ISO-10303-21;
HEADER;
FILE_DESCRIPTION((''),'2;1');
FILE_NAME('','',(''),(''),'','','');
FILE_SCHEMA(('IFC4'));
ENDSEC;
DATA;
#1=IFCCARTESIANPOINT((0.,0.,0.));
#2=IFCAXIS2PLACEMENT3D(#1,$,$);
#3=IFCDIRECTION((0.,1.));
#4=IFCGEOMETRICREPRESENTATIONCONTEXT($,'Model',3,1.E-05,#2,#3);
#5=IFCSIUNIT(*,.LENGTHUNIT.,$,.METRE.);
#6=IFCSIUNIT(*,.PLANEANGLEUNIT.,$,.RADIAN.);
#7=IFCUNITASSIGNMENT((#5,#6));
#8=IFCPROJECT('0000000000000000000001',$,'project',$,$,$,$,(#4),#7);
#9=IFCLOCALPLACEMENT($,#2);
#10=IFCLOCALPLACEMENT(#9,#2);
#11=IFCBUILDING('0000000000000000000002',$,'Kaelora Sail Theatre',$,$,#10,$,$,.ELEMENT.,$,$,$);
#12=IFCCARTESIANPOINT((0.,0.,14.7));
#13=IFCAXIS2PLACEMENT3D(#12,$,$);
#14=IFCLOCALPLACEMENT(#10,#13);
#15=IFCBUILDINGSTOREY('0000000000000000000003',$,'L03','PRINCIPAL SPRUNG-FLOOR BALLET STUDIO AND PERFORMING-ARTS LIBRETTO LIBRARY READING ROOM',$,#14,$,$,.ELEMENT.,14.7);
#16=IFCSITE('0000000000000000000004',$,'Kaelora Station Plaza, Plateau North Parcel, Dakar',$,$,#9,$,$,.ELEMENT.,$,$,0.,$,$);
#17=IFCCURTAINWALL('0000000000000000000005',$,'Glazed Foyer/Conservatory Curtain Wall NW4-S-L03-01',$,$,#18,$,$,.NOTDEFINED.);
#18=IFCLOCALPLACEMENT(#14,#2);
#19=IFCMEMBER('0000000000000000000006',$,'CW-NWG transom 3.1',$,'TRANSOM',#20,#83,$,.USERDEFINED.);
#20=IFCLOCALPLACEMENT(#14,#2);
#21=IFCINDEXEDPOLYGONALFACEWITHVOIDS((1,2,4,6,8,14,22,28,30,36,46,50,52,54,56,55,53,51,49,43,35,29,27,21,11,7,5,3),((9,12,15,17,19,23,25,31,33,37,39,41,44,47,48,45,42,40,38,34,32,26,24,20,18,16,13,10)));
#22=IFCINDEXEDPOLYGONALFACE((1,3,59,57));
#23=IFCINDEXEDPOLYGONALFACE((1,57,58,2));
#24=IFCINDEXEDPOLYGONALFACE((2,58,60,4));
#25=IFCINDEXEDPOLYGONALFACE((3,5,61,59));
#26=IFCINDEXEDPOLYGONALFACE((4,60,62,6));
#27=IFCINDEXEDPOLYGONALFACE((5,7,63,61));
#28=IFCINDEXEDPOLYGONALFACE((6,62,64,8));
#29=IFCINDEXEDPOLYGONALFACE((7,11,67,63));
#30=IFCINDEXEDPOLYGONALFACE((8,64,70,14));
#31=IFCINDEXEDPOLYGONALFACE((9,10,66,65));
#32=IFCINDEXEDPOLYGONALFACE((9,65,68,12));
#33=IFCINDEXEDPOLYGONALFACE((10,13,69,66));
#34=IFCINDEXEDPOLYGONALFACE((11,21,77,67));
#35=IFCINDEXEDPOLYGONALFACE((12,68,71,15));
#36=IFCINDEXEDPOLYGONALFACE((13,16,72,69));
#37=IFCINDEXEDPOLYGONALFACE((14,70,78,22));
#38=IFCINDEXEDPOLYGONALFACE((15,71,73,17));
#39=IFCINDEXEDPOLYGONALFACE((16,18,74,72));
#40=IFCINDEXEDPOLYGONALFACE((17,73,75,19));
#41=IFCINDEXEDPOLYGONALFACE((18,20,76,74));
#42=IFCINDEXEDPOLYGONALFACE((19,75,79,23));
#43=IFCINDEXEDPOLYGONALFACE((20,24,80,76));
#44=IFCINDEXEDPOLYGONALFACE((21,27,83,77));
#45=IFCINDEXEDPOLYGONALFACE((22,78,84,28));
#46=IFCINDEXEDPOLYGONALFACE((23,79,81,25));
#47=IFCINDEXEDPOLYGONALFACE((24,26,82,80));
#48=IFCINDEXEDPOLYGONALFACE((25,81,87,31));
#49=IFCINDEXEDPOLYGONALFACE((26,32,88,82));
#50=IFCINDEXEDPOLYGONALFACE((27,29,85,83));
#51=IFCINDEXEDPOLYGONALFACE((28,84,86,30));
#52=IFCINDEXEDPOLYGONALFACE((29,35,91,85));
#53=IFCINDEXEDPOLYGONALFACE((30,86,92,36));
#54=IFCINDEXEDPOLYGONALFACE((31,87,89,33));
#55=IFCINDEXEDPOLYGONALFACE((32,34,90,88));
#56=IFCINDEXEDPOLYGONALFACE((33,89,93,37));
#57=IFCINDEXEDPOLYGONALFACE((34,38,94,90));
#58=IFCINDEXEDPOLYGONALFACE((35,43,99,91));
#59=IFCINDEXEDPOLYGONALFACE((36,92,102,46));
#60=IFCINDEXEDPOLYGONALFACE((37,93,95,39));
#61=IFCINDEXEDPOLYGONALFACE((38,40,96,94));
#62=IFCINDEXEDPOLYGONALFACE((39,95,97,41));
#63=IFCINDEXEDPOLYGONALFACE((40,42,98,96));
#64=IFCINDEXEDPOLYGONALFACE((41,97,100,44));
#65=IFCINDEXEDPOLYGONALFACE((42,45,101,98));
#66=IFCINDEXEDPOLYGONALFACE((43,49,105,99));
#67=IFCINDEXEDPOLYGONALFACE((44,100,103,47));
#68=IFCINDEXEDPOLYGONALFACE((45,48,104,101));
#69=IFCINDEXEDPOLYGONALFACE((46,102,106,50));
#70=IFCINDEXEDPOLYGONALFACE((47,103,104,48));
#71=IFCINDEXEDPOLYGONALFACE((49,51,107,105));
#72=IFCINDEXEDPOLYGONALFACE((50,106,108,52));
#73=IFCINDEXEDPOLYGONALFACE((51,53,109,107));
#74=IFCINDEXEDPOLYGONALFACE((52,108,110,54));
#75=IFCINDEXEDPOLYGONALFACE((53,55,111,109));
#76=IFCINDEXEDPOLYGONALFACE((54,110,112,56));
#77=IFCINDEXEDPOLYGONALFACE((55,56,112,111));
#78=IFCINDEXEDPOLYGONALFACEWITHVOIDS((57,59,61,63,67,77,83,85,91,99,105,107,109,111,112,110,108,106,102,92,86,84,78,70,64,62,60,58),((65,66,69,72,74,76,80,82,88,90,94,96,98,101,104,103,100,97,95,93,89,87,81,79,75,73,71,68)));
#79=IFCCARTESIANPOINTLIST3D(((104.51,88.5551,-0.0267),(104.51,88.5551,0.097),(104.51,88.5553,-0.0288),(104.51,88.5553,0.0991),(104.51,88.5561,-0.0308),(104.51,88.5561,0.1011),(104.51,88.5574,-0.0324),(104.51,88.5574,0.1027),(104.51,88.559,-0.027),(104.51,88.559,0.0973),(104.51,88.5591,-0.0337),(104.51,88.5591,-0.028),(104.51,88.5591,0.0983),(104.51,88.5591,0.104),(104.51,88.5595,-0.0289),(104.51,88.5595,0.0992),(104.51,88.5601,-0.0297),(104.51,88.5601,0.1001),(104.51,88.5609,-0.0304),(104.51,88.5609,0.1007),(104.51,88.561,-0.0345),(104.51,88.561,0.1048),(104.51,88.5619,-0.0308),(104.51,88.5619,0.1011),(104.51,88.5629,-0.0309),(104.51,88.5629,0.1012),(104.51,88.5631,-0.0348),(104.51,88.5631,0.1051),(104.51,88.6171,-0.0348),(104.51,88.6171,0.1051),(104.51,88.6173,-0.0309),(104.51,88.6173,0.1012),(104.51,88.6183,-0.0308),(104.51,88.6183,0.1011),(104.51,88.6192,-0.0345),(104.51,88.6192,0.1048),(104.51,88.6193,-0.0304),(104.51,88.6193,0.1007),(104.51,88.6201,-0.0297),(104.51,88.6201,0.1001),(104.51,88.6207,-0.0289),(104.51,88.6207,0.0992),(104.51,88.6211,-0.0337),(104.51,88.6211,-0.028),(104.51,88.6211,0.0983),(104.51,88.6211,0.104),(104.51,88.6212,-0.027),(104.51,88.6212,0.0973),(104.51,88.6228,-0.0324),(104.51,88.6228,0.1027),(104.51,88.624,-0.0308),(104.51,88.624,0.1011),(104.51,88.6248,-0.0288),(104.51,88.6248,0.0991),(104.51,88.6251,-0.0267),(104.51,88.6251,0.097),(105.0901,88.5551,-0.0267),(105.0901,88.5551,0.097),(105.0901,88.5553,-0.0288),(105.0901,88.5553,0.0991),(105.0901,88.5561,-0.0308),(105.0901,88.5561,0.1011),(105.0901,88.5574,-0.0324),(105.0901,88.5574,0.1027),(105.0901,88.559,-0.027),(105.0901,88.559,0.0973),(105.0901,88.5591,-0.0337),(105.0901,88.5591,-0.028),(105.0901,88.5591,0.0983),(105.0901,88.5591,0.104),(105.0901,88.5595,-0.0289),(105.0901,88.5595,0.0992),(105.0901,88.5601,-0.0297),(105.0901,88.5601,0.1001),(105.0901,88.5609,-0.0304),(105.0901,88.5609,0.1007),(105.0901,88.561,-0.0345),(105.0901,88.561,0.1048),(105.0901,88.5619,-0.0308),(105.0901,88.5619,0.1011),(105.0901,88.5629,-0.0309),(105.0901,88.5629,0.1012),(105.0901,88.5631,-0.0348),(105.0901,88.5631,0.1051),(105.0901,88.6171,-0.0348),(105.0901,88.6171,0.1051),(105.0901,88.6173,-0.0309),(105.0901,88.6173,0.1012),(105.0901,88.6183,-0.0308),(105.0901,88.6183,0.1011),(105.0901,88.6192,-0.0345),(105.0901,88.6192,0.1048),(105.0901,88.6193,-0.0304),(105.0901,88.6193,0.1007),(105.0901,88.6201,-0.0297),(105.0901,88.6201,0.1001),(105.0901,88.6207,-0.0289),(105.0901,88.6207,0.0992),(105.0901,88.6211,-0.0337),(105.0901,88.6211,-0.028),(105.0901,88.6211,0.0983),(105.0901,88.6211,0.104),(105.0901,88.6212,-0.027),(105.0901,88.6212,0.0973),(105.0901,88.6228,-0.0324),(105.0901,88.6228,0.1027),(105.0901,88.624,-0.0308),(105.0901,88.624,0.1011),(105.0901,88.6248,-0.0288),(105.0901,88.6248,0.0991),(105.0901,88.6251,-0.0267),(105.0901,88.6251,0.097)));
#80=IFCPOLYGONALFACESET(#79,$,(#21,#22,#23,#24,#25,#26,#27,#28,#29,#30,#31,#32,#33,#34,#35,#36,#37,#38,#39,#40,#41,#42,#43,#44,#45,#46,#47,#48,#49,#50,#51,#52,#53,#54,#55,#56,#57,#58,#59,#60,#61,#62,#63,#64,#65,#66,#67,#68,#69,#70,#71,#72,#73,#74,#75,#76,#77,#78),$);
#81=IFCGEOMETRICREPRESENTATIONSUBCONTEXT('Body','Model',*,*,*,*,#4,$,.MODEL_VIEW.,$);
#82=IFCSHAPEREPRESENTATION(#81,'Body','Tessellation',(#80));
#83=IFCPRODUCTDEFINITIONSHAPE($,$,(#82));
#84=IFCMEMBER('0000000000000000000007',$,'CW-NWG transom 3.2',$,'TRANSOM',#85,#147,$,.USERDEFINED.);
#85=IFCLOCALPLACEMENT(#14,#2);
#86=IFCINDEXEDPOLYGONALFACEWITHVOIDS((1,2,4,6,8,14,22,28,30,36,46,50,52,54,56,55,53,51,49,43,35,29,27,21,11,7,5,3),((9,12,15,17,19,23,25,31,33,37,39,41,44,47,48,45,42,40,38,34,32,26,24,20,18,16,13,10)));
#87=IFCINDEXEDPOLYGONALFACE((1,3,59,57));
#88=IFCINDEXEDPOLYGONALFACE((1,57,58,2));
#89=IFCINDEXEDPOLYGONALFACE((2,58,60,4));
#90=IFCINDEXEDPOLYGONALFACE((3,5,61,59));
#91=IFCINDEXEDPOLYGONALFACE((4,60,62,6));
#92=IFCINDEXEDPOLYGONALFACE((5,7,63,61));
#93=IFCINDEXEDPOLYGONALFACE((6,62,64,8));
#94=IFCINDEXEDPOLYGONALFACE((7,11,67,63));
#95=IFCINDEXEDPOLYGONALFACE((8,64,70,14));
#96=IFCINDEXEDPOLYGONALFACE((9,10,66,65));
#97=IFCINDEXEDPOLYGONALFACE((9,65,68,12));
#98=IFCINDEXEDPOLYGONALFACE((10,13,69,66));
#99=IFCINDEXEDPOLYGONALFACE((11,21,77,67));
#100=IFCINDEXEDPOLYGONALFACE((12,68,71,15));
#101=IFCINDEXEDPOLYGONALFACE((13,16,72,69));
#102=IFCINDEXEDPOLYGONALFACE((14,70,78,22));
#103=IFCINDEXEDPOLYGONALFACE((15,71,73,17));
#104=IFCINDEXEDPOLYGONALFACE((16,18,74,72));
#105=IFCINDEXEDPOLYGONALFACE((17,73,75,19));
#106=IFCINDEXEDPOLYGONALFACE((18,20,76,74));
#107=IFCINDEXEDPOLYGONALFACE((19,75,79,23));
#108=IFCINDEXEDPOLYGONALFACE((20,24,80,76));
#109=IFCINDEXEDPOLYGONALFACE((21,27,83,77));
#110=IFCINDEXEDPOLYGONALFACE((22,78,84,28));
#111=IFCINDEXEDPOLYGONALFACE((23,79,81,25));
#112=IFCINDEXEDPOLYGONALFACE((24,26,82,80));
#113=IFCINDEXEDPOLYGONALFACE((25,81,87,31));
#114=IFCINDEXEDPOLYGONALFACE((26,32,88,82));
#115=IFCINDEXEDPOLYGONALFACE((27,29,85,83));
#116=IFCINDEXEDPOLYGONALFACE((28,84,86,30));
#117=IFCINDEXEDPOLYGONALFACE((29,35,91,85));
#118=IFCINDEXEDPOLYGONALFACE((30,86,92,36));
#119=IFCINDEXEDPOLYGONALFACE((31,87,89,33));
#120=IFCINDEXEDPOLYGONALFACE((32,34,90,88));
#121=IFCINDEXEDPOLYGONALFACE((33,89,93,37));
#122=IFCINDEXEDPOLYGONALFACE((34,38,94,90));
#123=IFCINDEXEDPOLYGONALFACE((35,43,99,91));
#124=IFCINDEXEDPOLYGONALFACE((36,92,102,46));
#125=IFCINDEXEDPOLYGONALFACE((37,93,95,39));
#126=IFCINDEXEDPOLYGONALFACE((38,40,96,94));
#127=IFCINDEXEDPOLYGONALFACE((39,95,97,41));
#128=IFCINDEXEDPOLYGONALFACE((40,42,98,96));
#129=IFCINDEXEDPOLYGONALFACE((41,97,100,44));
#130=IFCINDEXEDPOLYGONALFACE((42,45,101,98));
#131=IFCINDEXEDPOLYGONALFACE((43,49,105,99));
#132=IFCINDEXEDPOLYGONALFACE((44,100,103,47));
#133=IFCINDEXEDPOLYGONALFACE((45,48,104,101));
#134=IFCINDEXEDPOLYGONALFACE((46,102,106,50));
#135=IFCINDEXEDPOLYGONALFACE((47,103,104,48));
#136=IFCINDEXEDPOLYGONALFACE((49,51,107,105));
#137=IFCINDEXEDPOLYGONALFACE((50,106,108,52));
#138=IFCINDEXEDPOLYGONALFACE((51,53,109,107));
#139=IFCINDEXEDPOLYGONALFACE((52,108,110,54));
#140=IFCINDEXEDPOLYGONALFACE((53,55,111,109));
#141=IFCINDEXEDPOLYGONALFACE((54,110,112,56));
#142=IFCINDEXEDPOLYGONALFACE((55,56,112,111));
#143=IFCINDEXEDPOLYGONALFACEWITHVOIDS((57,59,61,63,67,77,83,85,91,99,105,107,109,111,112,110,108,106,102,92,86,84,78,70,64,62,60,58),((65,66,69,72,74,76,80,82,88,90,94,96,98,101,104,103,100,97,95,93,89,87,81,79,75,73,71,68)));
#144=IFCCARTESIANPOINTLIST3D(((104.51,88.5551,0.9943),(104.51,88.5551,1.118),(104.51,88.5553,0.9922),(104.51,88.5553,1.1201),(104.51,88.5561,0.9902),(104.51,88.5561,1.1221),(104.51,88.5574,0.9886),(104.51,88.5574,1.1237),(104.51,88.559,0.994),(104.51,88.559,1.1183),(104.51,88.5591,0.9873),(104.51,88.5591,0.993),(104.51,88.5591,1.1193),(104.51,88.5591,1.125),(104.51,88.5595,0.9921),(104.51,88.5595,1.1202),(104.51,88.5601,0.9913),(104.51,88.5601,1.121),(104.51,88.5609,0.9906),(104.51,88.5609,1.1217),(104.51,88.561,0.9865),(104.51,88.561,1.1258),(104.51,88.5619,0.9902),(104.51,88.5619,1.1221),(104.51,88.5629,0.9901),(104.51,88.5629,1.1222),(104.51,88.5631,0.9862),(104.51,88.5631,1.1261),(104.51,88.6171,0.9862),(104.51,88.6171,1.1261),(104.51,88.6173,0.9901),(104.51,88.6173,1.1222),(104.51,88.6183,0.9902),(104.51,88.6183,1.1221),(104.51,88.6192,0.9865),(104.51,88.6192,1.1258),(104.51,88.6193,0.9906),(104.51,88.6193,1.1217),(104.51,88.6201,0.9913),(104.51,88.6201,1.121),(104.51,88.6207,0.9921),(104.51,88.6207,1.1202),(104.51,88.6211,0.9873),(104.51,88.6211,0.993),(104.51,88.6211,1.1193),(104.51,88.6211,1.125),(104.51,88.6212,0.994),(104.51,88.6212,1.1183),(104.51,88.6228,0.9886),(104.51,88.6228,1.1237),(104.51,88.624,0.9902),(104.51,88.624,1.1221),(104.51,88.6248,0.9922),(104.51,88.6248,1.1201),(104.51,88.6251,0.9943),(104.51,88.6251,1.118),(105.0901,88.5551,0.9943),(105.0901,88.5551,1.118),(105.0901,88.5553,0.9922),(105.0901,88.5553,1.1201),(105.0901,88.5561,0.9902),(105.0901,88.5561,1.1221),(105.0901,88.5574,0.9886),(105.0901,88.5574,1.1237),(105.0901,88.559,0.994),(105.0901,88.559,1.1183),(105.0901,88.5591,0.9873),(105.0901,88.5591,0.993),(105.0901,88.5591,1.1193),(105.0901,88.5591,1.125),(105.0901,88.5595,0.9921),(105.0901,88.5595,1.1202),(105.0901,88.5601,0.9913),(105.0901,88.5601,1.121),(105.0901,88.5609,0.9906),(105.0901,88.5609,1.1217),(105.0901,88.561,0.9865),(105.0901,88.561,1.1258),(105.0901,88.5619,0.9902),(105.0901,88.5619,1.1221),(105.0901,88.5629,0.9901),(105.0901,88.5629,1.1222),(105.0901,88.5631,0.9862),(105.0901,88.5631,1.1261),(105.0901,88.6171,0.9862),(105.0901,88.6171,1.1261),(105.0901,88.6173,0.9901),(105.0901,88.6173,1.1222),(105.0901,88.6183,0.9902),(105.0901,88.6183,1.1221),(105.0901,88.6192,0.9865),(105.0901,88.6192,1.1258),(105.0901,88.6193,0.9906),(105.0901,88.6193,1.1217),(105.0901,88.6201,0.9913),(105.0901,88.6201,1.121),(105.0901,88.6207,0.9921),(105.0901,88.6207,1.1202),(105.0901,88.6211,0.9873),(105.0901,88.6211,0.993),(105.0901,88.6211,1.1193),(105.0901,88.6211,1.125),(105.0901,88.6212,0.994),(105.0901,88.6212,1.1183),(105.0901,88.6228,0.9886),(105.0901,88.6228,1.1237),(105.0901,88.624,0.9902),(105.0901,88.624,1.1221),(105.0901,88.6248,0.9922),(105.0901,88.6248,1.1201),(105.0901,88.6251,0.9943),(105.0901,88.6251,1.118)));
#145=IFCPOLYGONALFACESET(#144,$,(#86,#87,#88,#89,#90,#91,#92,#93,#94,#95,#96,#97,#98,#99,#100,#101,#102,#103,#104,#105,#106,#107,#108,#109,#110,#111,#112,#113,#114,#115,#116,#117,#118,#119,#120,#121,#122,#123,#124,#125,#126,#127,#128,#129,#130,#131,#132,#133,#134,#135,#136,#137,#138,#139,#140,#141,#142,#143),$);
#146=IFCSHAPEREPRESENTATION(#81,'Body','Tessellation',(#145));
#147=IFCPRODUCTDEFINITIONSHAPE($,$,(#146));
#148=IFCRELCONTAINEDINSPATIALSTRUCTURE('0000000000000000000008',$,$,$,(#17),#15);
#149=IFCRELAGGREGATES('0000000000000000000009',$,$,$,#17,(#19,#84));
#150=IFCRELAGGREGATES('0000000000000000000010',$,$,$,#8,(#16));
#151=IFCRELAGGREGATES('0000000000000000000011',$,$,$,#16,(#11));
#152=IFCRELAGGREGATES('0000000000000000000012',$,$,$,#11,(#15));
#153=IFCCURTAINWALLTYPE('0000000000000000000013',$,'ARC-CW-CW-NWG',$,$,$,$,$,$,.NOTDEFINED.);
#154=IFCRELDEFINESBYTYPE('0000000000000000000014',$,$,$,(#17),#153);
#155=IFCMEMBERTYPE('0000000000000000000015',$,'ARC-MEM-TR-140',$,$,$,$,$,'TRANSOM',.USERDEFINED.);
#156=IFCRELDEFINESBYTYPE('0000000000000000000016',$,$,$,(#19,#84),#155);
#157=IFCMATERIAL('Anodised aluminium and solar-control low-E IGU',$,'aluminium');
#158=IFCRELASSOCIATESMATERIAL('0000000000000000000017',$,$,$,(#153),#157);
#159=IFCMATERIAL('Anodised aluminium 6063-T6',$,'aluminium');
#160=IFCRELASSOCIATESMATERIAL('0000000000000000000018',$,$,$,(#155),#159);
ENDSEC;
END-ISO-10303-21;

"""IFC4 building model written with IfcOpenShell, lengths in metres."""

from ifc_helpers import new_model, si_unit, direction, frame, origin, origin_2d, place, context, subcontext, project, spatial, hollow_rectangle, extrude, material, material_profile, profile_set, type_object, element, aggregate, save


model = new_model("IFC4")

# Units and contexts
model_context = context("Model", 3, precision=1e-05, world=origin(), true_north=direction((0.0, 1.0)))
body_context = subcontext(model_context, "Body", "Model", "MODEL_VIEW")
ifc_project = project(units=[si_unit("LENGTHUNIT", "METRE"), si_unit("PLANEANGLEUNIT", "RADIAN")], contexts=[model_context])

# Site, building, storey
site_placement = place(None, origin())
site = spatial("IfcSite", under=ifc_project, at=site_placement, Name="Kaelora Station Plaza, Plateau North Parcel, Dakar", CompositionType="ELEMENT", RefElevation=0.0)
building_placement = place(site_placement, origin())
building = spatial("IfcBuilding", under=site, at=building_placement, Name="Kaelora Sail Theatre", CompositionType="ELEMENT")
storey_placement = place(building_placement, frame((0.0, 0.0, 14.7)))
storey = spatial("IfcBuildingStorey", under=building, at=storey_placement, Name="L03", Description="PRINCIPAL SPRUNG-FLOOR BALLET STUDIO AND PERFORMING-ARTS LIBRETTO LIBRARY READING ROOM", CompositionType="ELEMENT", Elevation=14.7)

# Curtain wall, members
ifc_material_1 = material(Name="Anodised aluminium and solar-control low-E IGU", Category="aluminium")
curtain_wall_type = type_object("IfcCurtainWallType", Name="ARC-CW-CW-NWG", PredefinedType="NOTDEFINED", material=ifc_material_1)
curtain_wall_placement = place(storey_placement, origin())
curtain_wall = element("IfcCurtainWall", 1, at=curtain_wall_placement, inside=storey, type_object=curtain_wall_type, Name="Glazed Foyer/Conservatory Curtain Wall NW4-S-L03-01", PredefinedType="NOTDEFINED")
ifc_material_2 = material(Name="Anodised aluminium 6063-T6", Category="aluminium")
ifc_material_profile_1 = material_profile(ifc_material_2, hollow_rectangle(XDim=0.0701, YDim=0.1399, WallThickness=0.0039, InnerFilletRadius=0.0039, OuterFilletRadius=0.0081, at=origin_2d()), Name="ALU-TRAN 70x140x4")
ifc_profile_set_1 = profile_set([ifc_material_profile_1], Name="Anodised aluminium 6063-T6")
member_type_1 = type_object("IfcMemberType", Name="ARC-MEM-TR-140", ElementType="TRANSOM", PredefinedType="USERDEFINED", material=ifc_profile_set_1)
member_1_placement = place(storey_placement, frame((104.51, 88.5901, 0.0352), z_axis=(1.0, 0.0, 0.0), x_axis=(0.0, 1.0, 0.0)))
member_1 = element("IfcMember", 2, at=member_1_placement, type_object=member_type_1, Name="CW-NWG transom 3.1", ObjectType="TRANSOM", PredefinedType="USERDEFINED", context=body_context, shape_type="SweptSolid", body=[
    extrude(hollow_rectangle(XDim=0.0701, YDim=0.1399, WallThickness=0.0039, InnerFilletRadius=0.0039, OuterFilletRadius=0.0081, at=origin_2d()), origin(), (0.0, 0.0, 1.0), 0.5801),
])
member_2_placement = place(storey_placement, frame((104.51, 88.5901, 1.0562), z_axis=(1.0, 0.0, 0.0), x_axis=(0.0, 1.0, 0.0)))
member_2 = element("IfcMember", 3, at=member_2_placement, type_object=member_type_1, Name="CW-NWG transom 3.2", ObjectType="TRANSOM", PredefinedType="USERDEFINED", context=body_context, shape_type="SweptSolid", body=[
    extrude(hollow_rectangle(XDim=0.0701, YDim=0.1399, WallThickness=0.0039, InnerFilletRadius=0.0039, OuterFilletRadius=0.0081, at=origin_2d()), origin(), (0.0, 0.0, 1.0), 0.5801),
])

aggregate(curtain_wall, [member_1, member_2])

save(model, "model.ifc")
